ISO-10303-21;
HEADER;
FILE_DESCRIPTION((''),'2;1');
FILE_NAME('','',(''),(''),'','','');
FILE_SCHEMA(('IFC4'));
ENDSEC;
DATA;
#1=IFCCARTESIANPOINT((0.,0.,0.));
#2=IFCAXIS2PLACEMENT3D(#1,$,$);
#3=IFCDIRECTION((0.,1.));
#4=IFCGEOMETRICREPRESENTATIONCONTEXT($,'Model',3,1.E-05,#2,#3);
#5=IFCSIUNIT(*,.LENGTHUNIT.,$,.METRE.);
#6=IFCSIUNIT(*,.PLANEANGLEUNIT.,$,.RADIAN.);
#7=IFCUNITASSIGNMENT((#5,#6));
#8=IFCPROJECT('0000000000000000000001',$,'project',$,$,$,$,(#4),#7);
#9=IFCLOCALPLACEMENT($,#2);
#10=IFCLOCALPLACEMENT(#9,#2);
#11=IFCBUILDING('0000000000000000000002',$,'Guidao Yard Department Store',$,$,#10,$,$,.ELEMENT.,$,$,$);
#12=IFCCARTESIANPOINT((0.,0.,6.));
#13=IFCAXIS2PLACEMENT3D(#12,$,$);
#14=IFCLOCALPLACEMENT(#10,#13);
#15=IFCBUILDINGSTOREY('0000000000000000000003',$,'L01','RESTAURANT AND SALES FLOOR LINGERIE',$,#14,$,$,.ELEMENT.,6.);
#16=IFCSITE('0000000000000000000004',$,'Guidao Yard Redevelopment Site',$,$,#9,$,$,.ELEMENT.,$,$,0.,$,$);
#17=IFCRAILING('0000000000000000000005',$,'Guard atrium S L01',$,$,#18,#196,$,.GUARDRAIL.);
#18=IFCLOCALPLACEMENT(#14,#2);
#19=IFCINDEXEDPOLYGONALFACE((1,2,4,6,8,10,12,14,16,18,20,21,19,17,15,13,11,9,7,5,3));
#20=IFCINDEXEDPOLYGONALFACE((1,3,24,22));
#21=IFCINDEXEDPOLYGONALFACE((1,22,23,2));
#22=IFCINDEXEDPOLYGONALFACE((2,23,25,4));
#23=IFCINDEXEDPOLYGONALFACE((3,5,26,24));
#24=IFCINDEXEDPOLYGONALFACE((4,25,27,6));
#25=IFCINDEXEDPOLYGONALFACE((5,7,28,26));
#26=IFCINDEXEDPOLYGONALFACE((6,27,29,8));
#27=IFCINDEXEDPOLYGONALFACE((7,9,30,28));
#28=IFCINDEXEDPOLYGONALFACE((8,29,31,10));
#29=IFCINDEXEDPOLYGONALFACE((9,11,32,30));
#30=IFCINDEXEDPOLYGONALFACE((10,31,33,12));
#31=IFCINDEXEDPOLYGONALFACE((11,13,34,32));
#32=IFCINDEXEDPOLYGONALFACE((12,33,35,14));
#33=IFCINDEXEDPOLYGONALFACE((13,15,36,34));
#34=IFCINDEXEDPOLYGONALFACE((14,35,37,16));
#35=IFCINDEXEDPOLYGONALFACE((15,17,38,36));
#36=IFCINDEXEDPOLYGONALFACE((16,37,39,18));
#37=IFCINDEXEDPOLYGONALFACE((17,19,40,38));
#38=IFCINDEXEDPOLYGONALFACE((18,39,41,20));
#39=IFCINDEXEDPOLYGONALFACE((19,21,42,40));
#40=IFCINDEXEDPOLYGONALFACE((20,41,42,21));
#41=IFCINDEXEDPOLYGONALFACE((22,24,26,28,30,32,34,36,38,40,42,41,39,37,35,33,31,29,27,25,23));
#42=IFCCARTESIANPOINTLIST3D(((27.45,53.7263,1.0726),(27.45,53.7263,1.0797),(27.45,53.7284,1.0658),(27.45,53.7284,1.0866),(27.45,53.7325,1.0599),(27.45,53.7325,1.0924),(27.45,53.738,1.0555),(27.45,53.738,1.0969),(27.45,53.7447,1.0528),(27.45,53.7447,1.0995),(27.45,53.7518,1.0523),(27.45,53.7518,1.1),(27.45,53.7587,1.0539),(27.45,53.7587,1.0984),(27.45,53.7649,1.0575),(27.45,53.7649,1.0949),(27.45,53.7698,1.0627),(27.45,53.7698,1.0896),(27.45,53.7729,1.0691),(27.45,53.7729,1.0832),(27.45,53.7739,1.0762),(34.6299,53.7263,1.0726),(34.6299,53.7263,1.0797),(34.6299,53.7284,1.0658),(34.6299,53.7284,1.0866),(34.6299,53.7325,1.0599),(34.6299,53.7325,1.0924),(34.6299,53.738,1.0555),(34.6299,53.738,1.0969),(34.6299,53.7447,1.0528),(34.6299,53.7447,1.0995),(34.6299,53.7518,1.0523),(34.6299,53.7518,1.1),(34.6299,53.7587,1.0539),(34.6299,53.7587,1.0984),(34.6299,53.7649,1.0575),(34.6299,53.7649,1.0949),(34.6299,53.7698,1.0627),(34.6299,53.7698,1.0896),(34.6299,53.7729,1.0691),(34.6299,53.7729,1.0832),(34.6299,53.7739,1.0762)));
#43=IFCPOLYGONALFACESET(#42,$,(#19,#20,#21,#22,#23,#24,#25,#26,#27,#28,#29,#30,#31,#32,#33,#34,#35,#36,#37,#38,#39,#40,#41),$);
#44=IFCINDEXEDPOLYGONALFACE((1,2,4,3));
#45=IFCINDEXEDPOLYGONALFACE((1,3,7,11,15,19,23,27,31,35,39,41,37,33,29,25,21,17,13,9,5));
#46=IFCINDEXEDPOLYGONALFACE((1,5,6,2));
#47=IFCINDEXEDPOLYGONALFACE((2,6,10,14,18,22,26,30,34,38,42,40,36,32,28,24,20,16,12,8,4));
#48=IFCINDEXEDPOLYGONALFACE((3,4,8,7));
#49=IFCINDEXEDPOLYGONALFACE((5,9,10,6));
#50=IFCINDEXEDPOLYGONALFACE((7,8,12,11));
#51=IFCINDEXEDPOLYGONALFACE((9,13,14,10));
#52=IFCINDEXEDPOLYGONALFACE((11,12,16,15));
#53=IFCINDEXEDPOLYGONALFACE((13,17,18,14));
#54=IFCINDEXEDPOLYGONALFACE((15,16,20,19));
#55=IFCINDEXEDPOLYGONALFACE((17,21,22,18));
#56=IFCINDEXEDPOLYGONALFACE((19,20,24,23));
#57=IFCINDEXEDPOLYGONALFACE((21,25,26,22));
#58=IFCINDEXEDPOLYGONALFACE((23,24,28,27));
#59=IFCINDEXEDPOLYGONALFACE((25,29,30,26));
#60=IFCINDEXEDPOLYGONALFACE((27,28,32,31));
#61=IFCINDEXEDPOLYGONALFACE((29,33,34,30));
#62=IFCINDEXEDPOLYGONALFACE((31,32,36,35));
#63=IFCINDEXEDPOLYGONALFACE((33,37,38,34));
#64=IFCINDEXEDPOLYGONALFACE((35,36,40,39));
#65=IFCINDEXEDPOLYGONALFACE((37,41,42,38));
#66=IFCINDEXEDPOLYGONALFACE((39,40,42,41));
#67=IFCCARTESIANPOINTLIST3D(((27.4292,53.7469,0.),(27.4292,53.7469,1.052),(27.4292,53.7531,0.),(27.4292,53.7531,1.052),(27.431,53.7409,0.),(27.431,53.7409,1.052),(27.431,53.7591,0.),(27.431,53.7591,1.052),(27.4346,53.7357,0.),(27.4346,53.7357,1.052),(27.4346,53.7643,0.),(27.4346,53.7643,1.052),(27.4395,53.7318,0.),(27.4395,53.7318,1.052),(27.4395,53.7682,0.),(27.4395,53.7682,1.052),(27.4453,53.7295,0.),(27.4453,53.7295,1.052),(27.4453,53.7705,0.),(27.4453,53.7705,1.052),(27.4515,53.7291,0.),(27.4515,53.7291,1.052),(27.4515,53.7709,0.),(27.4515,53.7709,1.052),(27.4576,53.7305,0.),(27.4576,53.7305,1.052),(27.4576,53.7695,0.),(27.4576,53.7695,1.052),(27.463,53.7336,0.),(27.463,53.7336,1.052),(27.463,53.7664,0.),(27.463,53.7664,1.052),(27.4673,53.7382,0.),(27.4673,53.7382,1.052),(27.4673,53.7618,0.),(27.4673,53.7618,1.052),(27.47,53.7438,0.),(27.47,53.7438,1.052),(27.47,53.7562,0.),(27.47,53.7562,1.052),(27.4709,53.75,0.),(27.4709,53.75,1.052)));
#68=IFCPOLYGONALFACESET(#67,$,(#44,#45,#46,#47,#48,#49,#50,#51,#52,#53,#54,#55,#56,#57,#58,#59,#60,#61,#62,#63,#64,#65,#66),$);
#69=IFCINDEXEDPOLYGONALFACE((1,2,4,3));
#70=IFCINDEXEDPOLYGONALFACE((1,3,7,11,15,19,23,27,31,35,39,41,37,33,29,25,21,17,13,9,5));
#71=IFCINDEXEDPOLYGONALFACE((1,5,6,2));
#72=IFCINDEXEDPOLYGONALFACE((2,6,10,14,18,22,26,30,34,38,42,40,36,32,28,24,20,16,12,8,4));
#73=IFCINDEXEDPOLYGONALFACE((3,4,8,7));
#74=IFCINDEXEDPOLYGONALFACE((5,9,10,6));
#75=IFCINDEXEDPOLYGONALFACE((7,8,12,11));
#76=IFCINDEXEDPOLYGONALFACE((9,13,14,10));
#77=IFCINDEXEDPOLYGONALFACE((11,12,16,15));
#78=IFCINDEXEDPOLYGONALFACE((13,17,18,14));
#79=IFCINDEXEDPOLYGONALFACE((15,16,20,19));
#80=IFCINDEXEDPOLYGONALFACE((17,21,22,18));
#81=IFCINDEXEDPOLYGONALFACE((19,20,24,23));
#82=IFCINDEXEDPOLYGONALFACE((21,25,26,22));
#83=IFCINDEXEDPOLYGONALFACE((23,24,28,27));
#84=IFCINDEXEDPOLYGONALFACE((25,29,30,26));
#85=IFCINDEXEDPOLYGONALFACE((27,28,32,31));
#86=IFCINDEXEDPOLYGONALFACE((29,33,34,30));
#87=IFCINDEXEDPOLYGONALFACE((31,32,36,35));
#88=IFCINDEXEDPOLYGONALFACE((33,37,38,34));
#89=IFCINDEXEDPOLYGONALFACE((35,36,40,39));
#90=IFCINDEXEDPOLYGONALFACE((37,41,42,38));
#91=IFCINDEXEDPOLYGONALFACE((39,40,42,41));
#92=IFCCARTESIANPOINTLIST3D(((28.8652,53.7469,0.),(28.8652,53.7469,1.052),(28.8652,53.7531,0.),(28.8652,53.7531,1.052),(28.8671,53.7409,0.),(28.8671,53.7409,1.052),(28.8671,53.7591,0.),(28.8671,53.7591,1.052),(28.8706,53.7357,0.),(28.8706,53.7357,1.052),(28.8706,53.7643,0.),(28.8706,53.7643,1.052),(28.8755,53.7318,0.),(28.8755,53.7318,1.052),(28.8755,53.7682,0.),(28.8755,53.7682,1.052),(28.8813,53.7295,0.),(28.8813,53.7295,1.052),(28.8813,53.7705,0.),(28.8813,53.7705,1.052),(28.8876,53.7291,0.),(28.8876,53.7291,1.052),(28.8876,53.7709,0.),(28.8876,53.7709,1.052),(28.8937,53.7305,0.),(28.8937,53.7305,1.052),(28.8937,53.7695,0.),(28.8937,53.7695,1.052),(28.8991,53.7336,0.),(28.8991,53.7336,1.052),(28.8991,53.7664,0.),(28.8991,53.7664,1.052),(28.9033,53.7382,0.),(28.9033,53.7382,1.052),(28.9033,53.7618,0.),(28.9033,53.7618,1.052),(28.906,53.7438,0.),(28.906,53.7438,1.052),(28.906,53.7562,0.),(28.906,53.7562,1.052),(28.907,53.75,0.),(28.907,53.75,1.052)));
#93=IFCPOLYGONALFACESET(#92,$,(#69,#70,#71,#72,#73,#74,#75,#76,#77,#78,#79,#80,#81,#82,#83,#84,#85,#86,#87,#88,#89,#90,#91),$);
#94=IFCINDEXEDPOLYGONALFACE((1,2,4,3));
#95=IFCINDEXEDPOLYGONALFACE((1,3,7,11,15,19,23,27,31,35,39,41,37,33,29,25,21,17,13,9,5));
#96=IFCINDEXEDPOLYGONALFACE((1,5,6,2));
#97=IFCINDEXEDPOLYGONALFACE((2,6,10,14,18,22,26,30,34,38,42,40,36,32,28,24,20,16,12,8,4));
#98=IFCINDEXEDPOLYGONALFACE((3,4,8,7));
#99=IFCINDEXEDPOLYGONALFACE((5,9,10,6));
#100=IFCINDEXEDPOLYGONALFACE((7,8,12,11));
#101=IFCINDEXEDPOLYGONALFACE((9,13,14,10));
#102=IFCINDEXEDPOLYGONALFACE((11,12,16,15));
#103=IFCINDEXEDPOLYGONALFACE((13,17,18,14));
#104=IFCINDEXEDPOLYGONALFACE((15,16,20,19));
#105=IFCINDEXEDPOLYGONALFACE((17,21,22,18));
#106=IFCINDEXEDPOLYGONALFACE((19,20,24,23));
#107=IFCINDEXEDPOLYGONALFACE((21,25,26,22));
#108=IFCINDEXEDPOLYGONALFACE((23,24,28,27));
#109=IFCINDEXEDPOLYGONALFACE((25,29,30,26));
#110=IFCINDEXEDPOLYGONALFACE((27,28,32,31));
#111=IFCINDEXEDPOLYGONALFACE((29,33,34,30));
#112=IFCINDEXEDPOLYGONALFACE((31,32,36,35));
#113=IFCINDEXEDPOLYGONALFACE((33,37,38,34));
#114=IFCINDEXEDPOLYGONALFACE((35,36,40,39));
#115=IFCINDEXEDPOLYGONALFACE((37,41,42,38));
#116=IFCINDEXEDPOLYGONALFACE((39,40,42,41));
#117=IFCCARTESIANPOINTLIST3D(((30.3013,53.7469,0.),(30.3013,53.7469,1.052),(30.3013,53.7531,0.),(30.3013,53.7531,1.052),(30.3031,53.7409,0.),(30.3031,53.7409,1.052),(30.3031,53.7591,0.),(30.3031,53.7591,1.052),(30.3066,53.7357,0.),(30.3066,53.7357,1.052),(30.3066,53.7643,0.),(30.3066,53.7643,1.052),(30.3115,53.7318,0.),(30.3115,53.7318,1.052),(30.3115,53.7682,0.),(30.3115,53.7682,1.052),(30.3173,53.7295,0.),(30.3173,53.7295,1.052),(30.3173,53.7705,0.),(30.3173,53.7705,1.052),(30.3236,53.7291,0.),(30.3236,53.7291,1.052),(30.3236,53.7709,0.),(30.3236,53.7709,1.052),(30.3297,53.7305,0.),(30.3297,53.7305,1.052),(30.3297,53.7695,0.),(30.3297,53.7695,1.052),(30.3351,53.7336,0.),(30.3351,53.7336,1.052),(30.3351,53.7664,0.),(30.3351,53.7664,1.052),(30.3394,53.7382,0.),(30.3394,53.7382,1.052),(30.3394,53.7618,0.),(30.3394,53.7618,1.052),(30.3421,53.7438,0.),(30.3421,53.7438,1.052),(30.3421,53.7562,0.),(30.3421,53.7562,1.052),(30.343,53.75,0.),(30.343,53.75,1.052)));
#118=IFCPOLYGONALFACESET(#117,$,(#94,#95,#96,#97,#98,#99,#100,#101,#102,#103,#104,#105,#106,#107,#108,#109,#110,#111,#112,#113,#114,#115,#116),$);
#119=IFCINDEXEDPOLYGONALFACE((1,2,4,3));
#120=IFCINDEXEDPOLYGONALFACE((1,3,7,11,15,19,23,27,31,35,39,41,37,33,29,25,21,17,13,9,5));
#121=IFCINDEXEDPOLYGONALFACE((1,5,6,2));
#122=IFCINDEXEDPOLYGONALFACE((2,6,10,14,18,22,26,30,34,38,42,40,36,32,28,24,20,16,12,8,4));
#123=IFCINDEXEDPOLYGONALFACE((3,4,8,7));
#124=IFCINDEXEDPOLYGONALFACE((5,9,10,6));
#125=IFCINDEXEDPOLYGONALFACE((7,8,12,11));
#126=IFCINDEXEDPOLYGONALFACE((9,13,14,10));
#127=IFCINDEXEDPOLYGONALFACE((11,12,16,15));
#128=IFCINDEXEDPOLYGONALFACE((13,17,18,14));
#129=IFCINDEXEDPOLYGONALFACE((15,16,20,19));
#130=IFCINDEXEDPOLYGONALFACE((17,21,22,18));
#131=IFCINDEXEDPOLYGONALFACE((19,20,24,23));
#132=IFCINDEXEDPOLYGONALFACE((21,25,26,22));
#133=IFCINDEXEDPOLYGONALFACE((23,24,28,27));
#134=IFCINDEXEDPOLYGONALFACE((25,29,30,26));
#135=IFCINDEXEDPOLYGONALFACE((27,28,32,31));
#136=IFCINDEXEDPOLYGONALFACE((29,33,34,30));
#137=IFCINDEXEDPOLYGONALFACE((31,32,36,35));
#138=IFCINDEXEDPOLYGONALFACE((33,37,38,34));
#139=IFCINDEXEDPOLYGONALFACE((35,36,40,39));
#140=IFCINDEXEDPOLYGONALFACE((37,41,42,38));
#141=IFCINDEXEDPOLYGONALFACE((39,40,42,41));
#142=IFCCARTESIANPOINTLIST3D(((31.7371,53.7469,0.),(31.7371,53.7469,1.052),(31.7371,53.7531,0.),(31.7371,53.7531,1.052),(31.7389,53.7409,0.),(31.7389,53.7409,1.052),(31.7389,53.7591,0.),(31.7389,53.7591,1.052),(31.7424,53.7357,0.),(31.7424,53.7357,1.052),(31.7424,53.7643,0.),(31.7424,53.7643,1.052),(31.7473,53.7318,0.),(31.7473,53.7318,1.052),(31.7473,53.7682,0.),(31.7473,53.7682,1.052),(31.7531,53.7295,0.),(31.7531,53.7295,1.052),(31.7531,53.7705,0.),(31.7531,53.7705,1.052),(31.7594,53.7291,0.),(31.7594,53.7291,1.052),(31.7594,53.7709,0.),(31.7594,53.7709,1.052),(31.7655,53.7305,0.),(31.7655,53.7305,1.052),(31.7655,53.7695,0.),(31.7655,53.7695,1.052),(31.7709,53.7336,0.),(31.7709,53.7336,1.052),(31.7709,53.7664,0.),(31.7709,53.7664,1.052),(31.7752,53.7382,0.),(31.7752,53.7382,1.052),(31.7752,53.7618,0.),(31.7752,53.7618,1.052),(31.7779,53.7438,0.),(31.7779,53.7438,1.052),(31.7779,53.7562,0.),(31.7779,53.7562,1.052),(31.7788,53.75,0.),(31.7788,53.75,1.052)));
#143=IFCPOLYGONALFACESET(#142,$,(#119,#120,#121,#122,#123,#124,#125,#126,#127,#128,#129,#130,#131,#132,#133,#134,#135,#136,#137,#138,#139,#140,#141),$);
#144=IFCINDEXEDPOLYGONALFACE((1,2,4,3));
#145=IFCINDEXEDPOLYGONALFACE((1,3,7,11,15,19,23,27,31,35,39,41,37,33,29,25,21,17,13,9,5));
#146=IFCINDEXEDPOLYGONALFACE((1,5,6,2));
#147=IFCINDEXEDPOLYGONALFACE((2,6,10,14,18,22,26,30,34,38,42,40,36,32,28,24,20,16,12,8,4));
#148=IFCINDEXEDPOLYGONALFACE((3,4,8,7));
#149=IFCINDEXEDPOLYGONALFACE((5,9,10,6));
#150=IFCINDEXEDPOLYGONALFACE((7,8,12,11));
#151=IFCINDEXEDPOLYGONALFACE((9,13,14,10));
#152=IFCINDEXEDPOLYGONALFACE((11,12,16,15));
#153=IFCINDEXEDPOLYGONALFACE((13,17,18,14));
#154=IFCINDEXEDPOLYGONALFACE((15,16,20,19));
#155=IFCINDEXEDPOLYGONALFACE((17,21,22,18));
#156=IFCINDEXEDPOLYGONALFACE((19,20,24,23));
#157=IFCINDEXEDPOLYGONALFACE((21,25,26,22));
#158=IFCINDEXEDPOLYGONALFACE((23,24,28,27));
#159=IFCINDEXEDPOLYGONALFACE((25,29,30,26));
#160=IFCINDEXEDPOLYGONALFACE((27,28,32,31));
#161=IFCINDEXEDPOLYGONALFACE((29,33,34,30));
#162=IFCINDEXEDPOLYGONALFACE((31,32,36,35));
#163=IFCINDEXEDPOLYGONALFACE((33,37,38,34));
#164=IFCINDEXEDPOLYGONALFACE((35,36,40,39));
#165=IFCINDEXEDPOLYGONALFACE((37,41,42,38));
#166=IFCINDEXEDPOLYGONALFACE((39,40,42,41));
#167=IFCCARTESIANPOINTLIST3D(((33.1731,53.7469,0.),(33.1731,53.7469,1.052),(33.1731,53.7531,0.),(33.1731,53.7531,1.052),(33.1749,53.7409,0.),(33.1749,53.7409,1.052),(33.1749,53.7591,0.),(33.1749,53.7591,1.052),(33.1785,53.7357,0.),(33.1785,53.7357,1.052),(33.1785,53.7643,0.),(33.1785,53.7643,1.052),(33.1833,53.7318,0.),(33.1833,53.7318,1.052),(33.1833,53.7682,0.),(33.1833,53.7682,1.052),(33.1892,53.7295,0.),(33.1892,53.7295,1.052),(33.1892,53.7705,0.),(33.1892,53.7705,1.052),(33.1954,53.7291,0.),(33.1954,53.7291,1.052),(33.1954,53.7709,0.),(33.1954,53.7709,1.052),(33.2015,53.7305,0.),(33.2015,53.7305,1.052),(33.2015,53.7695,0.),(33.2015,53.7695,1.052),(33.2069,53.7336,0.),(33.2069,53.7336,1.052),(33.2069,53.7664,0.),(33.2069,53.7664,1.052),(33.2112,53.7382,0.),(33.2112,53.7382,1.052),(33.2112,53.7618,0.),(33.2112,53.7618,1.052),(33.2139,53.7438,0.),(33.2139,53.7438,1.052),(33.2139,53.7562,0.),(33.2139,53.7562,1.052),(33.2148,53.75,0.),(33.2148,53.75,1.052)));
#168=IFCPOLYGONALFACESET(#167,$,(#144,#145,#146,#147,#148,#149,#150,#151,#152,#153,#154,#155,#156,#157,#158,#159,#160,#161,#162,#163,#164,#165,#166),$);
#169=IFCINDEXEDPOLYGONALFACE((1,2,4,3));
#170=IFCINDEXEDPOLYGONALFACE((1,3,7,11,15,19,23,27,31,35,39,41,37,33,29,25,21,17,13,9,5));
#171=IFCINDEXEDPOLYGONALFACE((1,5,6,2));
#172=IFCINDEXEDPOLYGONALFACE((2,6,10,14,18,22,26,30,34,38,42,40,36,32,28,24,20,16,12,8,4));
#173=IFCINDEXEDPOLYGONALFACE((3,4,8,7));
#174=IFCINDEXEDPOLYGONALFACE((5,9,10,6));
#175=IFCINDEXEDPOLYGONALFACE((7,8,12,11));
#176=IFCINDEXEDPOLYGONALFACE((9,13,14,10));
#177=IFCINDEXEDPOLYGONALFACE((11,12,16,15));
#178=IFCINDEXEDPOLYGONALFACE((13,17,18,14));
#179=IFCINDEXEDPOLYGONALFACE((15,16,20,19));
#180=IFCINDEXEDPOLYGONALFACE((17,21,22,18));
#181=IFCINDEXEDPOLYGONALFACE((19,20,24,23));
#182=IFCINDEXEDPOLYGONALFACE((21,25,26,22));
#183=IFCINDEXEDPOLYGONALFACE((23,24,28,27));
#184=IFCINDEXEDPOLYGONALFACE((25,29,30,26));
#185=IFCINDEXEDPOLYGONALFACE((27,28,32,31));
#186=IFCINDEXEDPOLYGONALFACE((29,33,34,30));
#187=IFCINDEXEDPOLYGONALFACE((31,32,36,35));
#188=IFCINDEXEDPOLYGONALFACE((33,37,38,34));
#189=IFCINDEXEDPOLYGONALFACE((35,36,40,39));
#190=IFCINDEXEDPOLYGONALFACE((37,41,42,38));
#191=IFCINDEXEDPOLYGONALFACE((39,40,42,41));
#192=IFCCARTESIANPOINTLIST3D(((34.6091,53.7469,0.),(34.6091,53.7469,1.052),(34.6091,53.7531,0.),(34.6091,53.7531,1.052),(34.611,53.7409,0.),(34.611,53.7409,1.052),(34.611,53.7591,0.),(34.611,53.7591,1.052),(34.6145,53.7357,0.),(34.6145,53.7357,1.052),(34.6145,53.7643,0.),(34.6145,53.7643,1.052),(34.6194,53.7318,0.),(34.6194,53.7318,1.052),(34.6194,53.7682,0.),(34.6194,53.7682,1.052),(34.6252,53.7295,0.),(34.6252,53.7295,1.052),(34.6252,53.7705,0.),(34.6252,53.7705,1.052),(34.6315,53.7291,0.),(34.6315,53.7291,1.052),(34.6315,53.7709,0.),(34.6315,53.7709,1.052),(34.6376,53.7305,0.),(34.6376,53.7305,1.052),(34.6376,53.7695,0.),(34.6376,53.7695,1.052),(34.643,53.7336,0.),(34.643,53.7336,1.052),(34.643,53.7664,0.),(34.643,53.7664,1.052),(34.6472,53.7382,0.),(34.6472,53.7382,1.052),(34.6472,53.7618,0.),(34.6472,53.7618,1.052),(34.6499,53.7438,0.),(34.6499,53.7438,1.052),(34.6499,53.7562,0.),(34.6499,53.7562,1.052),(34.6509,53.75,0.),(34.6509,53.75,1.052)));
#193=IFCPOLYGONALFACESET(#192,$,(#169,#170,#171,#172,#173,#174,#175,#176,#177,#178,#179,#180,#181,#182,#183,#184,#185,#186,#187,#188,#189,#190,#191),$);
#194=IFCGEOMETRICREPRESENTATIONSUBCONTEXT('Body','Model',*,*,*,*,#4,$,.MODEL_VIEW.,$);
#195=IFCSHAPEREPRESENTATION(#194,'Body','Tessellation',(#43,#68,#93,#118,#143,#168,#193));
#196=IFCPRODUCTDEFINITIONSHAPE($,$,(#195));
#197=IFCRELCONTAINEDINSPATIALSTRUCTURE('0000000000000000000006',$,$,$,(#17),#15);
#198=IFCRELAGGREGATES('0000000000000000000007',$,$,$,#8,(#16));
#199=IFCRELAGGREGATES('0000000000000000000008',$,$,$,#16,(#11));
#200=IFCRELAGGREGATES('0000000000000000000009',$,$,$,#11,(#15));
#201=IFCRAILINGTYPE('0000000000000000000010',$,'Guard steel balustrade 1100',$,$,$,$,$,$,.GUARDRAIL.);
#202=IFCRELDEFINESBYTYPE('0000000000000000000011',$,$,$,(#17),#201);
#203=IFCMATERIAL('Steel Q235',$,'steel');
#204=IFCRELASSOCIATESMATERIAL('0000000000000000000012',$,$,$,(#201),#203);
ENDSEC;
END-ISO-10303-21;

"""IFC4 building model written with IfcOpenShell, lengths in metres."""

from ifc_helpers import new_model, si_unit, direction, frame, origin, origin_2d, place, context, subcontext, project, spatial, circle, extrude, material, type_object, element, save


model = new_model("IFC4")

# Units and contexts
model_context = context("Model", 3, precision=1e-05, world=origin(), true_north=direction((0.0, 1.0)))
body_context = subcontext(model_context, "Body", "Model", "MODEL_VIEW")
ifc_project = project(units=[si_unit("LENGTHUNIT", "METRE"), si_unit("PLANEANGLEUNIT", "RADIAN")], contexts=[model_context])

# Site, building, storey
site_placement = place(None, origin())
site = spatial("IfcSite", under=ifc_project, at=site_placement, Name="Guidao Yard Redevelopment Site", CompositionType="ELEMENT", RefElevation=0.0)
building_placement = place(site_placement, origin())
building = spatial("IfcBuilding", under=site, at=building_placement, Name="Guidao Yard Department Store", CompositionType="ELEMENT")
storey_placement = place(building_placement, frame((0.0, 0.0, 6.0)))
storey = spatial("IfcBuildingStorey", under=building, at=storey_placement, Name="L01", Description="RESTAURANT AND SALES FLOOR LINGERIE", CompositionType="ELEMENT", Elevation=6.0)

# Railing
ifc_material_1 = material(Name="Steel Q235", Category="steel")
railing_type = type_object("IfcRailingType", Name="Guard steel balustrade 1100", PredefinedType="GUARDRAIL", material=ifc_material_1)
for number, where, name in (
    (1, (27.45, 53.75, 0.0), "Guard atrium S L01"),
):
    element("IfcRailing", number, at=place(storey_placement, frame(where)), inside=storey, type_object=railing_type, Name=name, PredefinedType="GUARDRAIL", context=body_context, shape_type="SweptSolid", body=[
        extrude(circle(Radius=0.0239, at=origin_2d()), frame((0.0, 0.0, 1.0762), z_axis=(1.0, 0.0, 0.0), x_axis=(0.0, 1.0, 0.0)), (0.0, 0.0, 1.0), 7.1799),
        extrude(circle(Radius=0.021, at=origin_2d()), origin(), (0.0, 0.0, 1.0), 1.052),
        extrude(circle(Radius=0.021, at=origin_2d()), frame((1.436, 0.0, 0.0)), (0.0, 0.0, 1.0), 1.052),
        extrude(circle(Radius=0.021, at=origin_2d()), frame((2.8721, 0.0, 0.0)), (0.0, 0.0, 1.0), 1.052),
        extrude(circle(Radius=0.021, at=origin_2d()), frame((4.3079, 0.0, 0.0)), (0.0, 0.0, 1.0), 1.052),
        extrude(circle(Radius=0.021, at=origin_2d()), frame((5.7439, 0.0, 0.0)), (0.0, 0.0, 1.0), 1.052),
        extrude(circle(Radius=0.021, at=origin_2d()), frame((7.1799, 0.0, 0.0)), (0.0, 0.0, 1.0), 1.052),
    ])

save(model, "model.ifc")
